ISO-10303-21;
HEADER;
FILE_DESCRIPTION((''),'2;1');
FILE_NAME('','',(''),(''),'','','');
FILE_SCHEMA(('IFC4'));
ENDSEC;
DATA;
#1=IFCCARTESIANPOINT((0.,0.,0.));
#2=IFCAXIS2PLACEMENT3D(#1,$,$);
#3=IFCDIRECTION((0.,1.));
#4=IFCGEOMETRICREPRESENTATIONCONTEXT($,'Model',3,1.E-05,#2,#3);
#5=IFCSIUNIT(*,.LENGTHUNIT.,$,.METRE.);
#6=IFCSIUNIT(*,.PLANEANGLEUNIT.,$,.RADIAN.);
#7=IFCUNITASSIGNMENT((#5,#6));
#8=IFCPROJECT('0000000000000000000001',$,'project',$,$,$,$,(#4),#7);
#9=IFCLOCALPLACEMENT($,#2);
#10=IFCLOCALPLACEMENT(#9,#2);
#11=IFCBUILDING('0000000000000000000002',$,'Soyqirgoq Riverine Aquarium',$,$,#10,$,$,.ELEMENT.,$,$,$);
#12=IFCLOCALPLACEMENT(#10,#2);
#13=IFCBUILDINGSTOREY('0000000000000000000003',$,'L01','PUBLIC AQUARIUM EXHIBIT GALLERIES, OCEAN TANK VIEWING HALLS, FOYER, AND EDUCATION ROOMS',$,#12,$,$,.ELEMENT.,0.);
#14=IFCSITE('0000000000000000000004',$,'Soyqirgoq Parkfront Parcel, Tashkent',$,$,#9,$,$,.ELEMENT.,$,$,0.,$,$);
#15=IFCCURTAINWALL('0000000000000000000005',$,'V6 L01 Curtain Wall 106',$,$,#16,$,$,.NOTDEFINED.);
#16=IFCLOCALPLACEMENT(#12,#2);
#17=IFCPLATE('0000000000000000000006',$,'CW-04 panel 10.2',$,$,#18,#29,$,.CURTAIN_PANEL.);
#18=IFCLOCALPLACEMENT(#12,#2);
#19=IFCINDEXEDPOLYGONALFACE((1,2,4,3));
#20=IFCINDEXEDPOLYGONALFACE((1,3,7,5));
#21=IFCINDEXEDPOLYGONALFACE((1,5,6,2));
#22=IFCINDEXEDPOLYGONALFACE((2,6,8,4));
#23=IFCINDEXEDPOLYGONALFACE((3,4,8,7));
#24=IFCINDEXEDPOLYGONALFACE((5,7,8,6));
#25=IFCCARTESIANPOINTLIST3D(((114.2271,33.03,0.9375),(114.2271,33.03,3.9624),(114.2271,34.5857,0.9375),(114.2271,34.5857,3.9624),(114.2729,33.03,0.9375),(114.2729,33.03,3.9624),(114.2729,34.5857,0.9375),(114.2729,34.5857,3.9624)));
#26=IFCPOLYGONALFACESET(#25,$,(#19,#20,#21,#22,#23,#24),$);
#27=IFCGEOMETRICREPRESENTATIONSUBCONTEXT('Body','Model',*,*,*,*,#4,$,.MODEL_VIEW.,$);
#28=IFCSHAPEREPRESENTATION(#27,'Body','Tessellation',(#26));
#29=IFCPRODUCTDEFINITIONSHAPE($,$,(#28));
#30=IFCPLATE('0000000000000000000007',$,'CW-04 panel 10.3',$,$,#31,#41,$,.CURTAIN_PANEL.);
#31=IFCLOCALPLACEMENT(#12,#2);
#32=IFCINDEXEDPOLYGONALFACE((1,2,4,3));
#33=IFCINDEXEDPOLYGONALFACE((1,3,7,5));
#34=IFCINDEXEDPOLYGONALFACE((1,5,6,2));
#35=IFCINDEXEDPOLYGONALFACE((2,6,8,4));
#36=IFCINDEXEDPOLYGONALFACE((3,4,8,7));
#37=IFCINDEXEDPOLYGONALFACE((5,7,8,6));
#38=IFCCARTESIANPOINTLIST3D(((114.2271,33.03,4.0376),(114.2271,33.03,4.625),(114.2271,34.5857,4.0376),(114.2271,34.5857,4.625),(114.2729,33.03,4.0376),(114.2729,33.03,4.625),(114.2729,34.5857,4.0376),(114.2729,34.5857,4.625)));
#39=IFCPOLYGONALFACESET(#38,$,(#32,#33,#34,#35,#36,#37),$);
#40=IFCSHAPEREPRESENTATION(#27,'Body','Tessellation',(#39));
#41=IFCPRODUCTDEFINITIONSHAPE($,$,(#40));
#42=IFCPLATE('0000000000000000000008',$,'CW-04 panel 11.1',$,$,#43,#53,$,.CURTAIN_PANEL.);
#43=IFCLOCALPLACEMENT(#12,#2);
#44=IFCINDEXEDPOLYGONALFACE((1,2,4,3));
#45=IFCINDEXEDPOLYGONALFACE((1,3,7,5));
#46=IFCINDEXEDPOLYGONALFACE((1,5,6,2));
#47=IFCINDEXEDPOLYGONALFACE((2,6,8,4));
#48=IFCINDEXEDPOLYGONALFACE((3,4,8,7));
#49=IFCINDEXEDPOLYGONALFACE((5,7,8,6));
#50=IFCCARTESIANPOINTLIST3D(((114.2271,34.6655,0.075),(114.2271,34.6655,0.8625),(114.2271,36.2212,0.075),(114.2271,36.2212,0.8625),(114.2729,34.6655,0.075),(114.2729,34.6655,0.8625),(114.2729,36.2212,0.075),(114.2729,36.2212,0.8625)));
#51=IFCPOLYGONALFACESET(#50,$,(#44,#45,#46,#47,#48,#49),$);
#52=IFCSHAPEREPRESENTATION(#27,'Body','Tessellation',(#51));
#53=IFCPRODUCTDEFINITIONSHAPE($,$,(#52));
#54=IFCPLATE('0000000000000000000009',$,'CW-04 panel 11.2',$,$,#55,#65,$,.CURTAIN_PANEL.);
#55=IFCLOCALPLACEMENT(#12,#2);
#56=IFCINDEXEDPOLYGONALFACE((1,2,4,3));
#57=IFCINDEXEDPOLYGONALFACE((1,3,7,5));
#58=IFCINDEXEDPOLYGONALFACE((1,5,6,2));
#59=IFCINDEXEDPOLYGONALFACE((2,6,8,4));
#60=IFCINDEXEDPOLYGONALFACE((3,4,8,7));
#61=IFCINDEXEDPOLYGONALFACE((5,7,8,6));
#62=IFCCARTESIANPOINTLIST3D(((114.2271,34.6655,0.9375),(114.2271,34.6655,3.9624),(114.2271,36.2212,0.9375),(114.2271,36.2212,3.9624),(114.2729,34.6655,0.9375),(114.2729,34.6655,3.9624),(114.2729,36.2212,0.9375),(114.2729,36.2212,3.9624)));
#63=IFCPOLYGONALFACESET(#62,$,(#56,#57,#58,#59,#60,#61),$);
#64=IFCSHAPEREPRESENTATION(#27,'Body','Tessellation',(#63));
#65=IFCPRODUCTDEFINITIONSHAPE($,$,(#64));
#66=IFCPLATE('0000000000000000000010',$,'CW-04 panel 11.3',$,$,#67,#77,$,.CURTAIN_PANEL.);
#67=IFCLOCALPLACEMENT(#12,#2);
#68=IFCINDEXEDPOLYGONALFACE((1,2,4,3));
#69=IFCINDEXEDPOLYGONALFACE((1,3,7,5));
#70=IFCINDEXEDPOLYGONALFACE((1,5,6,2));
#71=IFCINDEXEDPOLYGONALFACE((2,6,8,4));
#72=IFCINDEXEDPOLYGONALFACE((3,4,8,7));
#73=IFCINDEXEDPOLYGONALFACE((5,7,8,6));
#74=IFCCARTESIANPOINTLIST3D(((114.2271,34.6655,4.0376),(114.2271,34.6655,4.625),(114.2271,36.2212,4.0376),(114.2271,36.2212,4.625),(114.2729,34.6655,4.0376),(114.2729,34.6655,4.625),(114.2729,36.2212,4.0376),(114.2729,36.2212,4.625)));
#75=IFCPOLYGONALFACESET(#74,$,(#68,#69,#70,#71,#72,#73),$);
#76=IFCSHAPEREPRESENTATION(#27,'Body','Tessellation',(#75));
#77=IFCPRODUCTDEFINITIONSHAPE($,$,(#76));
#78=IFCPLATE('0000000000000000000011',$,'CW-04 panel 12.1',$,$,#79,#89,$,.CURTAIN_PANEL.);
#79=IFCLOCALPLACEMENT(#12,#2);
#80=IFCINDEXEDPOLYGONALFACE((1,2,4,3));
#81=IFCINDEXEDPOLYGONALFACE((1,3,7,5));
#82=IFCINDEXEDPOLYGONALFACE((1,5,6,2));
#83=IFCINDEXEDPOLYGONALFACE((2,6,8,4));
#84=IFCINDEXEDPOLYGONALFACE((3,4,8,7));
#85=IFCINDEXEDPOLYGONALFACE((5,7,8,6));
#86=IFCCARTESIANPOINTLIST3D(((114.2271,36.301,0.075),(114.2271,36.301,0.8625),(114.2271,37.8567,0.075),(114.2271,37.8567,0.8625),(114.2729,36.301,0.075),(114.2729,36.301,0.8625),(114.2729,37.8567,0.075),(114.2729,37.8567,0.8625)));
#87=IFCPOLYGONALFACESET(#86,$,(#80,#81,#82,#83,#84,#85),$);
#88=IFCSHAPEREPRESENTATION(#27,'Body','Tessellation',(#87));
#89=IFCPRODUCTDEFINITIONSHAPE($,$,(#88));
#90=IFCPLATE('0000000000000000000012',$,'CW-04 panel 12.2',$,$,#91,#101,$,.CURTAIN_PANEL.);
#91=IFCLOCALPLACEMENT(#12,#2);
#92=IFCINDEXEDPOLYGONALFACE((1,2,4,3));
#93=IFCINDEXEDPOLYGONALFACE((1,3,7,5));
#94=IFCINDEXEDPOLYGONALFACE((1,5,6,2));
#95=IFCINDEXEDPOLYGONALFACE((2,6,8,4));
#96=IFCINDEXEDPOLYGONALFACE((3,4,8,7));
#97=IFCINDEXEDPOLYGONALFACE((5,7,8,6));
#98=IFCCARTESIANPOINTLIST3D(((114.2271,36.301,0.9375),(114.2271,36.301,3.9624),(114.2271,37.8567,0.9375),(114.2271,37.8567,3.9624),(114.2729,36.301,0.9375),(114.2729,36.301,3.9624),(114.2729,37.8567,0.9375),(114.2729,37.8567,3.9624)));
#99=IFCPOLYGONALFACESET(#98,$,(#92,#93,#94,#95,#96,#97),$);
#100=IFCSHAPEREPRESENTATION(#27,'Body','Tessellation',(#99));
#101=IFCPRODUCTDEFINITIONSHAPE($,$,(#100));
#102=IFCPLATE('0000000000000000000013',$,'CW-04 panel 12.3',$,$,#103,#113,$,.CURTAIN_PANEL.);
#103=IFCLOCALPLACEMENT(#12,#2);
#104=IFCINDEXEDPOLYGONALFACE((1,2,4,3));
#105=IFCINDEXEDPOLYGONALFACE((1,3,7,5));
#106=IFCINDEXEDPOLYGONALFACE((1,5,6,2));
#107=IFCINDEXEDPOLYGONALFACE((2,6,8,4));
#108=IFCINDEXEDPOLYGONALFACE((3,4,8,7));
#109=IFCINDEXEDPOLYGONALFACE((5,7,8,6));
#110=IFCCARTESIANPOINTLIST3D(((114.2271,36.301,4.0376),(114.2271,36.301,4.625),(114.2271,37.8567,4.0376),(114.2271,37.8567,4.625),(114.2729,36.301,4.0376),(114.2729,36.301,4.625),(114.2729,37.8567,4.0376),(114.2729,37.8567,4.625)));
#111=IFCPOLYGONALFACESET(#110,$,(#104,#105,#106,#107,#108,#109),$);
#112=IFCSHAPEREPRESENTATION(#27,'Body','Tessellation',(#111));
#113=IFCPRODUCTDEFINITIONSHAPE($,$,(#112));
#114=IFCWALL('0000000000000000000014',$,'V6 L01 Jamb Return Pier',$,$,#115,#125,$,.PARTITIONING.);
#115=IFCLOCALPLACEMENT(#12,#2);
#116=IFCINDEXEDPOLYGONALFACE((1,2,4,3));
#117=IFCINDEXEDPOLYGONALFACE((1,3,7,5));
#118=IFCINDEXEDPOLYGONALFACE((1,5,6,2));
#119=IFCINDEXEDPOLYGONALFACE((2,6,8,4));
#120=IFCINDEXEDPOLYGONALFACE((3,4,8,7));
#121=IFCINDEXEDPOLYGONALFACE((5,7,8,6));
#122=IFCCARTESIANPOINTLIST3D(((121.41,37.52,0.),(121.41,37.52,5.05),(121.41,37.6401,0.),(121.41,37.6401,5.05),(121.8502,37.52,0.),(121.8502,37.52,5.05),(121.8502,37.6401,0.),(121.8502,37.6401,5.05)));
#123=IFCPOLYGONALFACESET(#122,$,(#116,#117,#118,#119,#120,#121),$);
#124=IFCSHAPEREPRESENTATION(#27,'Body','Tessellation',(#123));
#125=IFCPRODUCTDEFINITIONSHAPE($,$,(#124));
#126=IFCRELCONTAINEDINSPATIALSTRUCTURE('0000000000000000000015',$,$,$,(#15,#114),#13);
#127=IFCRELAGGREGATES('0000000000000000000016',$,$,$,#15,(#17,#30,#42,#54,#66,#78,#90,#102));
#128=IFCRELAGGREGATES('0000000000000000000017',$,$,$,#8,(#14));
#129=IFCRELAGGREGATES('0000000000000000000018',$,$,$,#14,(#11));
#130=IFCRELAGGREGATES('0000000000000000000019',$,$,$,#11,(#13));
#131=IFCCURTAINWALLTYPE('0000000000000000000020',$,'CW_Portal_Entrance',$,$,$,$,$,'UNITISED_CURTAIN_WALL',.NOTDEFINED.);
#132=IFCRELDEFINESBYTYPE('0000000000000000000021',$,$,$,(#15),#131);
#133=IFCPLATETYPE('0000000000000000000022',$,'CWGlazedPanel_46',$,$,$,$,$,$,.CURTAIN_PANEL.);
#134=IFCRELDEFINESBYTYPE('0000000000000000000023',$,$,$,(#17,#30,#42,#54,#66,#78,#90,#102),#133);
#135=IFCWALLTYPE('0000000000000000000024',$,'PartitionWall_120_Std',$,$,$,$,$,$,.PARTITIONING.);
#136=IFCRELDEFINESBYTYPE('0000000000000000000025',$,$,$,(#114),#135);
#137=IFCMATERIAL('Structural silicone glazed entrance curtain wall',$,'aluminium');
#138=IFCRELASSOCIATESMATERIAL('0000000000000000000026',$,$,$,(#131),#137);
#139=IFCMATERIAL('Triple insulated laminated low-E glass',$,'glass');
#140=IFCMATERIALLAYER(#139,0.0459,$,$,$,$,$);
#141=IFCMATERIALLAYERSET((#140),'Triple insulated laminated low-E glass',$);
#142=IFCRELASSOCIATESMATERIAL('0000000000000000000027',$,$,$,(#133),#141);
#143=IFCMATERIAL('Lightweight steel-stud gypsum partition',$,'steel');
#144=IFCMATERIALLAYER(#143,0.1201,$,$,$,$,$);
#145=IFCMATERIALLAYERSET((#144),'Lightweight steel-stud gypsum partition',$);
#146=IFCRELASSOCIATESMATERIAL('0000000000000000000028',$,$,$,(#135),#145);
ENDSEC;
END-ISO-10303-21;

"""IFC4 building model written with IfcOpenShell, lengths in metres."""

from ifc_helpers import new_model, si_unit, direction, frame, frame_2d, origin, origin_2d, place, context, subcontext, project, spatial, rectangle, extrude, material, layer, layer_set, type_object, element, aggregate, save


model = new_model("IFC4")

# Units and contexts
model_context = context("Model", 3, precision=1e-05, world=origin(), true_north=direction((0.0, 1.0)))
body_context = subcontext(model_context, "Body", "Model", "MODEL_VIEW")
ifc_project = project(units=[si_unit("LENGTHUNIT", "METRE"), si_unit("PLANEANGLEUNIT", "RADIAN")], contexts=[model_context])

# Site, building, storey
site_placement = place(None, origin())
site = spatial("IfcSite", under=ifc_project, at=site_placement, Name="Soyqirgoq Parkfront Parcel, Tashkent", CompositionType="ELEMENT", RefElevation=0.0)
building_placement = place(site_placement, origin())
building = spatial("IfcBuilding", under=site, at=building_placement, Name="Soyqirgoq Riverine Aquarium", CompositionType="ELEMENT")
storey_placement = place(building_placement, origin())
storey = spatial("IfcBuildingStorey", under=building, at=storey_placement, Name="L01", Description="PUBLIC AQUARIUM EXHIBIT GALLERIES, OCEAN TANK VIEWING HALLS, FOYER, AND EDUCATION ROOMS", CompositionType="ELEMENT", Elevation=0.0)

# Curtain wall
ifc_material_1 = material(Name="Structural silicone glazed entrance curtain wall", Category="aluminium")
curtain_wall_type = type_object("IfcCurtainWallType", Name="CW_Portal_Entrance", ElementType="UNITISED_CURTAIN_WALL", PredefinedType="NOTDEFINED", material=ifc_material_1)
curtain_wall_placement = place(storey_placement, origin())
curtain_wall = element("IfcCurtainWall", 1, at=curtain_wall_placement, inside=storey, type_object=curtain_wall_type, Name="V6 L01 Curtain Wall 106", PredefinedType="NOTDEFINED")

# Plates
ifc_material_2 = material(Name="Triple insulated laminated low-E glass", Category="glass")
ifc_layer_1 = layer(ifc_material_2, 0.0459)
ifc_layer_set_1 = layer_set([ifc_layer_1], Name="Triple insulated laminated low-E glass")
plate_type = type_object("IfcPlateType", Name="CWGlazedPanel_46", PredefinedType="CURTAIN_PANEL", material=ifc_layer_set_1)
plate_1_placement = place(storey_placement, frame((114.25, 33.8079, 0.9375), z_axis=(0.0, 0.0, 1.0), x_axis=(0.0, 1.0, 0.0)))
plate_1 = element("IfcPlate", 2, at=plate_1_placement, type_object=plate_type, Name="CW-04 panel 10.2", PredefinedType="CURTAIN_PANEL", context=body_context, shape_type="SweptSolid", body=[
    extrude(rectangle(XDim=1.5557, YDim=0.0459, at=origin_2d()), origin(), (0.0, 0.0, 1.0), 3.0249),
])
plate_2_placement = place(storey_placement, frame((114.25, 33.8079, 4.0376), z_axis=(0.0, 0.0, 1.0), x_axis=(0.0, 1.0, 0.0)))
plate_2 = element("IfcPlate", 3, at=plate_2_placement, type_object=plate_type, Name="CW-04 panel 10.3", PredefinedType="CURTAIN_PANEL", context=body_context, shape_type="SweptSolid", body=[
    extrude(rectangle(XDim=1.5557, YDim=0.0459, at=origin_2d()), origin(), (0.0, 0.0, 1.0), 0.5874),
])
plate_3_placement = place(storey_placement, frame((114.25, 35.4434, 0.075), z_axis=(0.0, 0.0, 1.0), x_axis=(0.0, 1.0, 0.0)))
plate_3 = element("IfcPlate", 4, at=plate_3_placement, type_object=plate_type, Name="CW-04 panel 11.1", PredefinedType="CURTAIN_PANEL", context=body_context, shape_type="SweptSolid", body=[
    extrude(rectangle(XDim=1.5557, YDim=0.0459, at=origin_2d()), origin(), (0.0, 0.0, 1.0), 0.7876),
])
plate_4_placement = place(storey_placement, frame((114.25, 35.4434, 0.9375), z_axis=(0.0, 0.0, 1.0), x_axis=(0.0, 1.0, 0.0)))
plate_4 = element("IfcPlate", 5, at=plate_4_placement, type_object=plate_type, Name="CW-04 panel 11.2", PredefinedType="CURTAIN_PANEL", context=body_context, shape_type="SweptSolid", body=[
    extrude(rectangle(XDim=1.5557, YDim=0.0459, at=origin_2d()), origin(), (0.0, 0.0, 1.0), 3.0249),
])
plate_5_placement = place(storey_placement, frame((114.25, 35.4434, 4.0376), z_axis=(0.0, 0.0, 1.0), x_axis=(0.0, 1.0, 0.0)))
plate_5 = element("IfcPlate", 6, at=plate_5_placement, type_object=plate_type, Name="CW-04 panel 11.3", PredefinedType="CURTAIN_PANEL", context=body_context, shape_type="SweptSolid", body=[
    extrude(rectangle(XDim=1.5557, YDim=0.0459, at=origin_2d()), origin(), (0.0, 0.0, 1.0), 0.5874),
])
plate_6_placement = place(storey_placement, frame((114.25, 37.0789, 0.075), z_axis=(0.0, 0.0, 1.0), x_axis=(0.0, 1.0, 0.0)))
plate_6 = element("IfcPlate", 7, at=plate_6_placement, type_object=plate_type, Name="CW-04 panel 12.1", PredefinedType="CURTAIN_PANEL", context=body_context, shape_type="SweptSolid", body=[
    extrude(rectangle(XDim=1.5557, YDim=0.0459, at=origin_2d()), origin(), (0.0, 0.0, 1.0), 0.7876),
])
plate_7_placement = place(storey_placement, frame((114.25, 37.0789, 0.9375), z_axis=(0.0, 0.0, 1.0), x_axis=(0.0, 1.0, 0.0)))
plate_7 = element("IfcPlate", 8, at=plate_7_placement, type_object=plate_type, Name="CW-04 panel 12.2", PredefinedType="CURTAIN_PANEL", context=body_context, shape_type="SweptSolid", body=[
    extrude(rectangle(XDim=1.5557, YDim=0.0459, at=origin_2d()), origin(), (0.0, 0.0, 1.0), 3.0249),
])
plate_8_placement = place(storey_placement, frame((114.25, 37.0789, 4.0376), z_axis=(0.0, 0.0, 1.0), x_axis=(0.0, 1.0, 0.0)))
plate_8 = element("IfcPlate", 9, at=plate_8_placement, type_object=plate_type, Name="CW-04 panel 12.3", PredefinedType="CURTAIN_PANEL", context=body_context, shape_type="SweptSolid", body=[
    extrude(rectangle(XDim=1.5557, YDim=0.0459, at=origin_2d()), origin(), (0.0, 0.0, 1.0), 0.5874),
])
aggregate(curtain_wall, [plate_1, plate_2, plate_3, plate_4, plate_5, plate_6, plate_7, plate_8])

# Wall
ifc_material_3 = material(Name="Lightweight steel-stud gypsum partition", Category="steel")
ifc_layer_2 = layer(ifc_material_3, 0.1201)
ifc_layer_set_2 = layer_set([ifc_layer_2], Name="Lightweight steel-stud gypsum partition")
wall_type = type_object("IfcWallType", Name="PartitionWall_120_Std", PredefinedType="PARTITIONING", material=ifc_layer_set_2)
wall_placement = place(storey_placement, frame((121.4099, 37.5801, 0.0), z_axis=(0.0, 0.0, 1.0), x_axis=(1.0, 0.0, 0.0)))
element("IfcWall", 10, at=wall_placement, inside=storey, type_object=wall_type, Name="V6 L01 Jamb Return Pier", PredefinedType="PARTITIONING", context=body_context, shape_type="SweptSolid", body=[
    extrude(rectangle(XDim=0.4402, YDim=0.1201, at=frame_2d((0.2202, 0.0))), origin(), (0.0, 0.0, 1.0), 5.05),
])

save(model, "model.ifc")
